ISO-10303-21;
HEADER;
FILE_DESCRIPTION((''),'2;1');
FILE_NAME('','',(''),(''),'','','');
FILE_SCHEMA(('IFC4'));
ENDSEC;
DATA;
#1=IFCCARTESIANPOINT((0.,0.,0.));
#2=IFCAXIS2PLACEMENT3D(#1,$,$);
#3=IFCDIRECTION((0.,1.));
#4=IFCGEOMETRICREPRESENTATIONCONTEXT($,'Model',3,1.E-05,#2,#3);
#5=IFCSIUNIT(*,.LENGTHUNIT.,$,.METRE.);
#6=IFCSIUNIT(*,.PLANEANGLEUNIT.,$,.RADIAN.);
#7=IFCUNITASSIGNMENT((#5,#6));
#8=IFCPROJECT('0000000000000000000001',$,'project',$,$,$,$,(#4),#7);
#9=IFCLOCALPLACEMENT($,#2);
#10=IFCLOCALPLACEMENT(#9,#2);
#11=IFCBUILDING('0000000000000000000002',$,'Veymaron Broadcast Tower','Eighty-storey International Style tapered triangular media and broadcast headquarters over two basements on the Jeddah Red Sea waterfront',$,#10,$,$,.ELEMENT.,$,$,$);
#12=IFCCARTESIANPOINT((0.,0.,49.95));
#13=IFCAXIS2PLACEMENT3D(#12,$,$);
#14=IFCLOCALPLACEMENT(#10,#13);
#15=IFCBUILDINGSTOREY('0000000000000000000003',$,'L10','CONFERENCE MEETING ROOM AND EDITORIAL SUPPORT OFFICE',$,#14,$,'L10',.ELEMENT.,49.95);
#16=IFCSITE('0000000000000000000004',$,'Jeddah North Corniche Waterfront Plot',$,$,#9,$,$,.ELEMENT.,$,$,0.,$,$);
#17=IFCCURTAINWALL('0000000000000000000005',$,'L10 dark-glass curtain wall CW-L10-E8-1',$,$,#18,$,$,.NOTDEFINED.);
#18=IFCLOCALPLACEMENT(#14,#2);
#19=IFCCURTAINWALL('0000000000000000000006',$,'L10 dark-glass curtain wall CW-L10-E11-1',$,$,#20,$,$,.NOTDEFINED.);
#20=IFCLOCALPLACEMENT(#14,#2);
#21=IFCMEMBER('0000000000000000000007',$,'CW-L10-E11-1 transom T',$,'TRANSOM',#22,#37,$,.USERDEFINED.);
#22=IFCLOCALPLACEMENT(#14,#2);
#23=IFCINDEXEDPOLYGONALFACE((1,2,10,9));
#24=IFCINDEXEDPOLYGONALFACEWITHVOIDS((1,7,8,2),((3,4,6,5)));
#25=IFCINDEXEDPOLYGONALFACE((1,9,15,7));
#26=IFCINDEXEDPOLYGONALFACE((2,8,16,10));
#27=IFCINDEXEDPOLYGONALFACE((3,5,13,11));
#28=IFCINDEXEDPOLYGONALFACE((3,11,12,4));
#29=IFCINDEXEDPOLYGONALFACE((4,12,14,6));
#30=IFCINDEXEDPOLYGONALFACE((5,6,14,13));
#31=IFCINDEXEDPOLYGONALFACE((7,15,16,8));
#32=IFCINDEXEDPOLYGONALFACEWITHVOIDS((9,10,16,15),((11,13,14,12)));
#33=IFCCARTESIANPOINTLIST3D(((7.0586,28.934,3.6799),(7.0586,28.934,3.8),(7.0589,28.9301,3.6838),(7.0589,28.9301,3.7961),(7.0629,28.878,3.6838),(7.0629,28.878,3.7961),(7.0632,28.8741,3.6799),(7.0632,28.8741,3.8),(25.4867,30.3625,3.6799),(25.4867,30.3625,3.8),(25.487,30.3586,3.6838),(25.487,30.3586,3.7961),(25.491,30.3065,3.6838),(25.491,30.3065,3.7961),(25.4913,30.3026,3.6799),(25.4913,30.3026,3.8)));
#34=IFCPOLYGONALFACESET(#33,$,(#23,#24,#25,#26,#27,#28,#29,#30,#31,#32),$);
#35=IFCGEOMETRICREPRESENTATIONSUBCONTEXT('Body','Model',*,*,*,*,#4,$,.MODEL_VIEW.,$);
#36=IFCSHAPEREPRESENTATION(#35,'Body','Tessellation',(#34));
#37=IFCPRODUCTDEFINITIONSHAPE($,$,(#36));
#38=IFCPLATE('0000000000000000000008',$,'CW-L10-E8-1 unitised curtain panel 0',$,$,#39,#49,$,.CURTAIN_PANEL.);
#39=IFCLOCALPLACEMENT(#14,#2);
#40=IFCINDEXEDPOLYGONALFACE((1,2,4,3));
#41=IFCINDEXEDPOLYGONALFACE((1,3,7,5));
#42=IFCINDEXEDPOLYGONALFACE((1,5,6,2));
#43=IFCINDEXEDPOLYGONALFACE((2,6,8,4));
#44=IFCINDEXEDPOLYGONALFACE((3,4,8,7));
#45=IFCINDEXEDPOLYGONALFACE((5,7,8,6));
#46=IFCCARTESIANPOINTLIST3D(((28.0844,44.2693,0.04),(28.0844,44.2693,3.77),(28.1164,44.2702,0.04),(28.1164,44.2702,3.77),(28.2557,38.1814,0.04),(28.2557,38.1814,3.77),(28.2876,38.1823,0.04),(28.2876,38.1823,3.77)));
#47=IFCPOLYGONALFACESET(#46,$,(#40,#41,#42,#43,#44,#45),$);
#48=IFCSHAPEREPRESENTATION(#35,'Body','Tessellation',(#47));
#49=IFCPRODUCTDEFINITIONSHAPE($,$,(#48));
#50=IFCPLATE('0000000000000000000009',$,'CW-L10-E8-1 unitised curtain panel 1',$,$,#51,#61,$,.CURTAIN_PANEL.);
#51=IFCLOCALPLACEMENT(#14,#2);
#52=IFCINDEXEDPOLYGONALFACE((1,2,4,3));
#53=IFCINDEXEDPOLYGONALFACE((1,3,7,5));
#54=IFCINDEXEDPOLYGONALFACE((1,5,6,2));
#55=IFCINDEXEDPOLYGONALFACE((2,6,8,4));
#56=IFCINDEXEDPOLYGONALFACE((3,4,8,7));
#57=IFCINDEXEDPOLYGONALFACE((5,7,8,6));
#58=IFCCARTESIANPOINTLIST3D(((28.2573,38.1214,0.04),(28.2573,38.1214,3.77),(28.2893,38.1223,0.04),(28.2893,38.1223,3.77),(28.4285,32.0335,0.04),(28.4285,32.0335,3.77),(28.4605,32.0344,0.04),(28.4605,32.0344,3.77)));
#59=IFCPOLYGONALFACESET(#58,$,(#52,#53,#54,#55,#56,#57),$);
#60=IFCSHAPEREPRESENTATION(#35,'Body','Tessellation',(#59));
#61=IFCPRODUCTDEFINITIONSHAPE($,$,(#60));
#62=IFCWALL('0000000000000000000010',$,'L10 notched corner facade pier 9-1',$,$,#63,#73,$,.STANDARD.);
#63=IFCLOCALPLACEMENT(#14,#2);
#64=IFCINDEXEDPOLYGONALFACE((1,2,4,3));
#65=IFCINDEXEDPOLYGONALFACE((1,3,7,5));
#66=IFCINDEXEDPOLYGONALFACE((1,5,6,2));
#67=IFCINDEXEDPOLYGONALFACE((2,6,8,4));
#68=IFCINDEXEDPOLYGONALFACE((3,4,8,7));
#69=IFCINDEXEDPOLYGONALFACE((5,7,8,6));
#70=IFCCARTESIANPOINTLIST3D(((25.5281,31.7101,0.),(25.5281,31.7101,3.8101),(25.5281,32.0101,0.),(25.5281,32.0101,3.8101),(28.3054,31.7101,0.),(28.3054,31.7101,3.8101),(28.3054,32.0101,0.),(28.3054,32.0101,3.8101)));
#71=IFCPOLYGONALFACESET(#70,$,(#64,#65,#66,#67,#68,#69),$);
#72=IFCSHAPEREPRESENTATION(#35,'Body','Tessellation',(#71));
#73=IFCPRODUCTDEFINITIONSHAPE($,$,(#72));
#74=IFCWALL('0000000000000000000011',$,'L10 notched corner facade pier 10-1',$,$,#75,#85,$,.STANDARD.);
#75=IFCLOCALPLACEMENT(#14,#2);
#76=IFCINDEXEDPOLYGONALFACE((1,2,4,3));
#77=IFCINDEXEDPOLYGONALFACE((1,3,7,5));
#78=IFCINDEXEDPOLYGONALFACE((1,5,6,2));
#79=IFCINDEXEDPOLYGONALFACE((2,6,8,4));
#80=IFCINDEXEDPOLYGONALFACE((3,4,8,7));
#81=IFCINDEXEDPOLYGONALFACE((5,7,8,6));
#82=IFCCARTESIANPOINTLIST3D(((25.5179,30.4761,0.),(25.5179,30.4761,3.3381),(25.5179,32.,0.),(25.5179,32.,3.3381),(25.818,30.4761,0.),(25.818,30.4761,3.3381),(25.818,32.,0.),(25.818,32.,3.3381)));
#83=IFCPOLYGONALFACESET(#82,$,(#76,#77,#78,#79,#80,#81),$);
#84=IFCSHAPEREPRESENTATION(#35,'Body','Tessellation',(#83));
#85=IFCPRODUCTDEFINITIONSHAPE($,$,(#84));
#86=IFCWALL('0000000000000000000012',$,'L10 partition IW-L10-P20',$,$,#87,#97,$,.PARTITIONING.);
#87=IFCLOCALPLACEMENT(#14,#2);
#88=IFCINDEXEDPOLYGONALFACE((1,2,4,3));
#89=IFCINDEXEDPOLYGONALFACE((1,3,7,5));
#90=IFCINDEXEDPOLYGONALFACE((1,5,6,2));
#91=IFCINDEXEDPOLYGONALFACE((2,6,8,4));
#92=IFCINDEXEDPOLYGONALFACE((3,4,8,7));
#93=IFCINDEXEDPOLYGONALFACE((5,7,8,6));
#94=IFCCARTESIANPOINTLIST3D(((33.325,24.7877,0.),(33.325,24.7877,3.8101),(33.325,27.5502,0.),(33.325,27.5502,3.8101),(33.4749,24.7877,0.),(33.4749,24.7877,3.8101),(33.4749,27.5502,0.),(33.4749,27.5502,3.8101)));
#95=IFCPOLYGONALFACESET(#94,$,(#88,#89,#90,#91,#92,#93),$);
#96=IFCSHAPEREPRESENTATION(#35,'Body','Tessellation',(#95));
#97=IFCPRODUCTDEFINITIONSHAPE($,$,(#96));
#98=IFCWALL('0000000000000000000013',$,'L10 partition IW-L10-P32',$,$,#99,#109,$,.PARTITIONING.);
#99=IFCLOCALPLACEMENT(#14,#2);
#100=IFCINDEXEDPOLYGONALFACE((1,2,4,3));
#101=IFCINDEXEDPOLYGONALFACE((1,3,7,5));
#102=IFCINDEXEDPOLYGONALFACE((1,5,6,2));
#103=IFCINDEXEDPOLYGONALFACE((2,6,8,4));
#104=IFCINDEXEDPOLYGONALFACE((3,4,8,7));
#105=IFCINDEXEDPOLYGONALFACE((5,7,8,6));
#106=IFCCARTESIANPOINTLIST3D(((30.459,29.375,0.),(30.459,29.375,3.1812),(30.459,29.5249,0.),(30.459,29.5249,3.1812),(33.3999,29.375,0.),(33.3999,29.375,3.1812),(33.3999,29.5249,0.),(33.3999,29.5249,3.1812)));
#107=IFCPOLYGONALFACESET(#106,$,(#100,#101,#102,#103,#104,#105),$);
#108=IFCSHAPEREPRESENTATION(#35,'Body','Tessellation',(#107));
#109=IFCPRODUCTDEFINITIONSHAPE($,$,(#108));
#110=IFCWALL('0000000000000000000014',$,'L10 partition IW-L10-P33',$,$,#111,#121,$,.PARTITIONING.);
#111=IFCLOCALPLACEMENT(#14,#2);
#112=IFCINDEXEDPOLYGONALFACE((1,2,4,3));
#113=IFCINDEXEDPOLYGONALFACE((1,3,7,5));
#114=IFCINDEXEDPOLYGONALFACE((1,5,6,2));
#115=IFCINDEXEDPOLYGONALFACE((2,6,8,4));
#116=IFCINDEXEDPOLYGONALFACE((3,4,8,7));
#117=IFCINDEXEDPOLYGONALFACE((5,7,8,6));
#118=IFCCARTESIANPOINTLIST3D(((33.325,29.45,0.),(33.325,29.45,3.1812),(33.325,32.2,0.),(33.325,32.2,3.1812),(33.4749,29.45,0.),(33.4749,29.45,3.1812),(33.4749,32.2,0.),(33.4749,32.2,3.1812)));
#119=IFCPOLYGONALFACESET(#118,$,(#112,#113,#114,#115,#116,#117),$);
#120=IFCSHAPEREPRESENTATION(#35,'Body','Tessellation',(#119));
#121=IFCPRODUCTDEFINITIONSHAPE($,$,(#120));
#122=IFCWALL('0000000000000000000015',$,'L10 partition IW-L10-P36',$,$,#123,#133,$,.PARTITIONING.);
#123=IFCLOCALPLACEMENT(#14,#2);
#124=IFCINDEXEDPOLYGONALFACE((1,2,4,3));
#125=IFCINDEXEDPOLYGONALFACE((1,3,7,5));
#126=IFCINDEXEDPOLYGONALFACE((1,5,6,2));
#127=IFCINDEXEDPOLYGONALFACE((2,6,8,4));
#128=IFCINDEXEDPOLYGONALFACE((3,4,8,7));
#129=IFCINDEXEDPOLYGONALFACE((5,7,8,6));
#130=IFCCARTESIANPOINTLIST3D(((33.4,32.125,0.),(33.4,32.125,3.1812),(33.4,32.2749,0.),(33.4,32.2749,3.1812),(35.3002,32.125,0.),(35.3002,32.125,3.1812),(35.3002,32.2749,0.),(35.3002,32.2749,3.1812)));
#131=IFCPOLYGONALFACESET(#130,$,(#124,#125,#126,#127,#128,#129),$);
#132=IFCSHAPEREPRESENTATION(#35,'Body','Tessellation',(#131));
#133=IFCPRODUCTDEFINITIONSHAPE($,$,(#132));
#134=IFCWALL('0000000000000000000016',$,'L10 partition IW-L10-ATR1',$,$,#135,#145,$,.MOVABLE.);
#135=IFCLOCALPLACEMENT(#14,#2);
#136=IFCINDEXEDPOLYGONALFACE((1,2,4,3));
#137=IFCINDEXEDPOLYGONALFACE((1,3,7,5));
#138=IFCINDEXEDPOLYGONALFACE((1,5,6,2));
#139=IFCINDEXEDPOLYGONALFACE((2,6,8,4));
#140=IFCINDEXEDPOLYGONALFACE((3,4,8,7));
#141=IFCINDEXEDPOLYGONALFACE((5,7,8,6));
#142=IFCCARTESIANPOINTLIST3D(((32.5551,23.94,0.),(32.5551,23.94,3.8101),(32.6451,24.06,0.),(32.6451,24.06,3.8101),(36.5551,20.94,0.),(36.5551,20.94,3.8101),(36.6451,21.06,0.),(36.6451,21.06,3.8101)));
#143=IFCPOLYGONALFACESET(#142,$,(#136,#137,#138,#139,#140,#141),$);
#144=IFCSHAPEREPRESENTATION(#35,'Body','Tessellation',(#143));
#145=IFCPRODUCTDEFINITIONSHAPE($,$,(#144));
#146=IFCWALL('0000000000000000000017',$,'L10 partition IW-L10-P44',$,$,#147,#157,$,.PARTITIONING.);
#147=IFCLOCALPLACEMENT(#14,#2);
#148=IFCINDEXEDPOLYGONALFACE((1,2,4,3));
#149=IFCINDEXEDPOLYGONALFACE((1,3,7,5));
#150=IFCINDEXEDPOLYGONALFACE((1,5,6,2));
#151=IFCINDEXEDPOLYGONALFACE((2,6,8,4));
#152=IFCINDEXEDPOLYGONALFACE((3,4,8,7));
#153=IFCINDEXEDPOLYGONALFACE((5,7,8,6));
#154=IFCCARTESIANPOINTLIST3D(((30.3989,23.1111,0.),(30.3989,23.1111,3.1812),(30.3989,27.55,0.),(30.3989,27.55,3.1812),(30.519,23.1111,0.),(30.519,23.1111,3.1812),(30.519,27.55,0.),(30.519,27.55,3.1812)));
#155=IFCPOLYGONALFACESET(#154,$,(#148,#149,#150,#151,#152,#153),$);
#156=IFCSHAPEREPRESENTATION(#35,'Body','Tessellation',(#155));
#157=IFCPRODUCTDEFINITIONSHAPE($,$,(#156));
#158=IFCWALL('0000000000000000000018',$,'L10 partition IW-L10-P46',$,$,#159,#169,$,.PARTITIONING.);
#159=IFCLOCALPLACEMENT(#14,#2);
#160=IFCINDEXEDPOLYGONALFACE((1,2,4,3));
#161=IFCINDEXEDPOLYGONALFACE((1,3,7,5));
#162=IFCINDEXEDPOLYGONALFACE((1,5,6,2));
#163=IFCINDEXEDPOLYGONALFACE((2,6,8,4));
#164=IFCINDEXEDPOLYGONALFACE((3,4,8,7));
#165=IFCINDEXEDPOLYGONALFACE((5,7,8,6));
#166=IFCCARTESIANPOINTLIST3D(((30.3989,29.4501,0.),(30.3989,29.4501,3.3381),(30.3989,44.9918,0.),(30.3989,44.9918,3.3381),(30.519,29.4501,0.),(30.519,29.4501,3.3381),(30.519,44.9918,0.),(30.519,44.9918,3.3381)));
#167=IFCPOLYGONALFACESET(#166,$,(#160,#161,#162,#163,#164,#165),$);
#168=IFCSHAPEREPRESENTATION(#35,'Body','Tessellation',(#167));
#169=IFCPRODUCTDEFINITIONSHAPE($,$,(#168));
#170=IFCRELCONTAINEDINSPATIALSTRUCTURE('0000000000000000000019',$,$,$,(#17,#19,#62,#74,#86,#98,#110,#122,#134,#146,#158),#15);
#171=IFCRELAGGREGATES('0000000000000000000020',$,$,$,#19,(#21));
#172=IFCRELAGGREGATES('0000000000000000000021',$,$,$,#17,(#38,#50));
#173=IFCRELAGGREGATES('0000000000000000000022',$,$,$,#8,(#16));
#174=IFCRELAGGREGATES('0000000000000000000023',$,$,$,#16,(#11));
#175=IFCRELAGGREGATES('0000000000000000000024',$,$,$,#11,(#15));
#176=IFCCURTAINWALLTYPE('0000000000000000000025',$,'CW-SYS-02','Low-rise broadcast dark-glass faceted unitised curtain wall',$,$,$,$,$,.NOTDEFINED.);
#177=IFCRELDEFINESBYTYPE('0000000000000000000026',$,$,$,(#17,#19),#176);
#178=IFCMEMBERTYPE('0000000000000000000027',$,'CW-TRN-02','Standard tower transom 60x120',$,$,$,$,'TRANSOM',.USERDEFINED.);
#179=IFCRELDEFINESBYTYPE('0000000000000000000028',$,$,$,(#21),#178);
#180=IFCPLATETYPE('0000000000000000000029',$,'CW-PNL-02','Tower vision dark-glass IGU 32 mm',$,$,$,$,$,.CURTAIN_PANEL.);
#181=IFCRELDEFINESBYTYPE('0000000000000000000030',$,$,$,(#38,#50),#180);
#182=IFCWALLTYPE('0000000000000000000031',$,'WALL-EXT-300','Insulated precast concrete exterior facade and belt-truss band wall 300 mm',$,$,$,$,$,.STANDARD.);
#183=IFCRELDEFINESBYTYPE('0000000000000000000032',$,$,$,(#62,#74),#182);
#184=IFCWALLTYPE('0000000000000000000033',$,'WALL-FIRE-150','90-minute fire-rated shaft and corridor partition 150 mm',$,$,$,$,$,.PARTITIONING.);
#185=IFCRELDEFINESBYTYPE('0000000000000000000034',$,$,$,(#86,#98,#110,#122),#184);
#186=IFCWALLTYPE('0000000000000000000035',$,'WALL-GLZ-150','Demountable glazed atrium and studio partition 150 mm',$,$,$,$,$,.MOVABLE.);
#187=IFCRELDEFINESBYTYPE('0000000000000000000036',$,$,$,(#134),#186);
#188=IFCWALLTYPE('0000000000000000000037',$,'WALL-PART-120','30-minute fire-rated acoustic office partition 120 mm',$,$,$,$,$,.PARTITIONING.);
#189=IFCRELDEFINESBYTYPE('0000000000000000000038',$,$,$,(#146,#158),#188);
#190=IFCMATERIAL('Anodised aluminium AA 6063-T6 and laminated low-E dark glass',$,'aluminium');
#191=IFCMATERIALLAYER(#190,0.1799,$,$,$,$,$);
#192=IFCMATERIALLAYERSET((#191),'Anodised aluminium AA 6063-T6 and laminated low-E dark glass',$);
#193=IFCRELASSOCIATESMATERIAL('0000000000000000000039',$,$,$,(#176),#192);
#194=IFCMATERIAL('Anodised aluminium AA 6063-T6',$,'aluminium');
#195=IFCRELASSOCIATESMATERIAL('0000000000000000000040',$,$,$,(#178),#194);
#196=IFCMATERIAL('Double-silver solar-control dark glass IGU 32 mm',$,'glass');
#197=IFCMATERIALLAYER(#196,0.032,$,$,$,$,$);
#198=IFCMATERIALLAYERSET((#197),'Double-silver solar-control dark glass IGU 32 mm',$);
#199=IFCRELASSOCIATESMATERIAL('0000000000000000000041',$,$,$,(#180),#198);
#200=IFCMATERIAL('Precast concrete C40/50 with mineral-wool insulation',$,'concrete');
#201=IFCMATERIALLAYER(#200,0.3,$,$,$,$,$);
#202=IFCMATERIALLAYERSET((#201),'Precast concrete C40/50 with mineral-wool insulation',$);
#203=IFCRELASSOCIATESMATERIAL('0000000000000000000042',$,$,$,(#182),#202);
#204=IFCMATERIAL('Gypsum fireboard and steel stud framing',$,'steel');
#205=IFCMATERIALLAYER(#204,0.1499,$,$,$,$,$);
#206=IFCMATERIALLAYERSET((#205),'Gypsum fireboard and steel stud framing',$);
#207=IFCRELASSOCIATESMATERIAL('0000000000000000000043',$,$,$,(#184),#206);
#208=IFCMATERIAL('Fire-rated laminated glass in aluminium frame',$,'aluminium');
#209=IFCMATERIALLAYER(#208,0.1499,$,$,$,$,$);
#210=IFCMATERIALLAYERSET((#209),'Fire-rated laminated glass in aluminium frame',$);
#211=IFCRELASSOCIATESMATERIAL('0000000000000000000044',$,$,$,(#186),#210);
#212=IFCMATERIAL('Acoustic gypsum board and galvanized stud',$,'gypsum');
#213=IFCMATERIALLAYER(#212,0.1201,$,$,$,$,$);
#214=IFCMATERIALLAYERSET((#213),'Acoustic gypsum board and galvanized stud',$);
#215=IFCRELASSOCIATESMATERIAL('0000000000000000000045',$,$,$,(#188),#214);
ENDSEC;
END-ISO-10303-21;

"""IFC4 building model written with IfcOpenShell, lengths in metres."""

from ifc_helpers import new_model, si_unit, direction, frame, frame_2d, origin, origin_2d, place, context, subcontext, project, spatial, rectangle, hollow_rectangle, extrude, material, layer, layer_set, material_profile, profile_set, type_object, element, aggregate, save


model = new_model("IFC4")

# Units and contexts
model_context = context("Model", 3, precision=1e-05, world=origin(), true_north=direction((0.0, 1.0)))
body_context = subcontext(model_context, "Body", "Model", "MODEL_VIEW")
ifc_project = project(units=[si_unit("LENGTHUNIT", "METRE"), si_unit("PLANEANGLEUNIT", "RADIAN")], contexts=[model_context])

# Site, building, storey
site_placement = place(None, origin())
site = spatial("IfcSite", under=ifc_project, at=site_placement, Name="Jeddah North Corniche Waterfront Plot", CompositionType="ELEMENT", RefElevation=0.0)
building_placement = place(site_placement, origin())
building = spatial("IfcBuilding", under=site, at=building_placement, Name="Veymaron Broadcast Tower", Description="Eighty-storey International Style tapered triangular media and broadcast headquarters over two basements on the Jeddah Red Sea waterfront", CompositionType="ELEMENT")
storey_placement = place(building_placement, frame((0.0, 0.0, 49.95)))
storey = spatial("IfcBuildingStorey", under=building, at=storey_placement, Name="L10", Description="CONFERENCE MEETING ROOM AND EDITORIAL SUPPORT OFFICE", LongName="L10", CompositionType="ELEMENT", Elevation=49.95)

# Curtain wall
ifc_material_1 = material(Name="Anodised aluminium AA 6063-T6 and laminated low-E dark glass", Category="aluminium")
ifc_layer_1 = layer(ifc_material_1, 0.1799)
ifc_layer_set_1 = layer_set([ifc_layer_1], Name="Anodised aluminium AA 6063-T6 and laminated low-E dark glass")
curtain_wall_type = type_object("IfcCurtainWallType", Name="CW-SYS-02", Description="Low-rise broadcast dark-glass faceted unitised curtain wall", PredefinedType="NOTDEFINED", material=ifc_layer_set_1)
curtain_wall_1_placement = place(storey_placement, origin())
curtain_wall_1 = element("IfcCurtainWall", 1, at=curtain_wall_1_placement, inside=storey, type_object=curtain_wall_type, Name="L10 dark-glass curtain wall CW-L10-E8-1", PredefinedType="NOTDEFINED")
ifc_material_2 = material(Name="Anodised aluminium AA 6063-T6", Category="aluminium")

# Curtain wall
curtain_wall_2_placement = place(storey_placement, origin())
curtain_wall_2 = element("IfcCurtainWall", 2, at=curtain_wall_2_placement, inside=storey, type_object=curtain_wall_type, Name="L10 dark-glass curtain wall CW-L10-E11-1", PredefinedType="NOTDEFINED")

# Member
ifc_material_profile_1 = material_profile(ifc_material_2, hollow_rectangle(XDim=0.0601, YDim=0.1201, WallThickness=0.0039, at=origin_2d()), Name="AL120X60X4")
ifc_profile_set_1 = profile_set([ifc_material_profile_1], Name="Anodised aluminium AA 6063-T6")
member_type_1 = type_object("IfcMemberType", Name="CW-TRN-02", Description="Standard tower transom 60x120", ElementType="TRANSOM", PredefinedType="USERDEFINED", material=ifc_profile_set_1)
member_1_placement = place(storey_placement, frame((25.489, 30.3325, 3.74), z_axis=(-0.997009, -0.077283, 0.0), x_axis=(0.077283, -0.997009, 0.0)))
member_1 = element("IfcMember", 3, at=member_1_placement, type_object=member_type_1, Name="CW-L10-E11-1 transom T", ObjectType="TRANSOM", PredefinedType="USERDEFINED", context=body_context, shape_type="SweptSolid", body=[
    extrude(hollow_rectangle(XDim=0.0601, YDim=0.1201, WallThickness=0.0039, at=origin_2d()), origin(), (0.0, 0.0, 1.0), 18.4834),
])
aggregate(curtain_wall_2, [member_1])

# Plates
ifc_material_3 = material(Name="Double-silver solar-control dark glass IGU 32 mm", Category="glass")
ifc_layer_2 = layer(ifc_material_3, 0.032)
ifc_layer_set_2 = layer_set([ifc_layer_2], Name="Double-silver solar-control dark glass IGU 32 mm")
plate_type = type_object("IfcPlateType", Name="CW-PNL-02", Description="Tower vision dark-glass IGU 32 mm", PredefinedType="CURTAIN_PANEL", material=ifc_layer_set_2)
plate_1_placement = place(storey_placement, frame((28.186, 41.2258, 0.04), z_axis=(0.0, 0.0, 1.0), x_axis=(0.028114, -0.999605, 0.0)))
plate_1 = element("IfcPlate", 4, at=plate_1_placement, type_object=plate_type, Name="CW-L10-E8-1 unitised curtain panel 0", PredefinedType="CURTAIN_PANEL", context=body_context, shape_type="SweptSolid", body=[
    extrude(rectangle(XDim=6.0903, YDim=0.032, at=origin_2d()), origin(), (0.0, 0.0, 1.0), 3.73),
])
plate_2_placement = place(storey_placement, frame((28.3589, 35.0779, 0.04), z_axis=(0.0, 0.0, 1.0), x_axis=(0.028114, -0.999605, 0.0)))
plate_2 = element("IfcPlate", 5, at=plate_2_placement, type_object=plate_type, Name="CW-L10-E8-1 unitised curtain panel 1", PredefinedType="CURTAIN_PANEL", context=body_context, shape_type="SweptSolid", body=[
    extrude(rectangle(XDim=6.0903, YDim=0.032, at=origin_2d()), origin(), (0.0, 0.0, 1.0), 3.73),
])
aggregate(curtain_wall_1, [plate_1, plate_2])

# Walls
ifc_material_4 = material(Name="Precast concrete C40/50 with mineral-wool insulation", Category="concrete")
ifc_layer_3 = layer(ifc_material_4, 0.3)
ifc_layer_set_3 = layer_set([ifc_layer_3], Name="Precast concrete C40/50 with mineral-wool insulation")
wall_type_1 = type_object("IfcWallType", Name="WALL-EXT-300", Description="Insulated precast concrete exterior facade and belt-truss band wall 300 mm", PredefinedType="STANDARD", material=ifc_layer_set_3)
wall_1_placement = place(storey_placement, frame((28.3054, 31.8601, 0.0), z_axis=(0.0, 0.0, 1.0), x_axis=(-1.0, 0.0, 0.0)))
element("IfcWall", 6, at=wall_1_placement, inside=storey, type_object=wall_type_1, Name="L10 notched corner facade pier 9-1", PredefinedType="STANDARD", context=body_context, shape_type="SweptSolid", body=[
    extrude(rectangle(XDim=2.7773, YDim=0.3, at=frame_2d((1.3887, 0.0))), origin(), (0.0, 0.0, 1.0), 3.8101),
])
wall_2_placement = place(storey_placement, frame((25.668, 32.0, 0.0), z_axis=(0.0, 0.0, 1.0), x_axis=(0.0, -1.0, 0.0)))
element("IfcWall", 7, at=wall_2_placement, inside=storey, type_object=wall_type_1, Name="L10 notched corner facade pier 10-1", PredefinedType="STANDARD", context=body_context, shape_type="SweptSolid", body=[
    extrude(rectangle(XDim=1.5239, YDim=0.3, at=frame_2d((0.762, 0.0))), origin(), (0.0, 0.0, 1.0), 3.3381),
])

# Shared definitions
ifc_material_5 = material(Name="Gypsum fireboard and steel stud framing", Category="steel")
ifc_layer_4 = layer(ifc_material_5, 0.1499)
ifc_layer_set_4 = layer_set([ifc_layer_4], Name="Gypsum fireboard and steel stud framing")
wall_type_2 = type_object("IfcWallType", Name="WALL-FIRE-150", Description="90-minute fire-rated shaft and corridor partition 150 mm", PredefinedType="PARTITIONING", material=ifc_layer_set_4)

# Walls
wall_3_placement = place(storey_placement, frame((33.3999, 24.7876, 0.0), z_axis=(0.0, 0.0, 1.0), x_axis=(0.0, 1.0, 0.0)))
element("IfcWall", 8, at=wall_3_placement, inside=storey, type_object=wall_type_2, Name="L10 partition IW-L10-P20", PredefinedType="PARTITIONING", context=body_context, shape_type="SweptSolid", body=[
    extrude(rectangle(XDim=2.7625, YDim=0.1499, at=frame_2d((1.3813, 0.0))), origin(), (0.0, 0.0, 1.0), 3.8101),
])
wall_4_placement = place(storey_placement, frame((30.459, 29.45, 0.0), z_axis=(0.0, 0.0, 1.0), x_axis=(1.0, 0.0, 0.0)))
element("IfcWall", 9, at=wall_4_placement, inside=storey, type_object=wall_type_2, Name="L10 partition IW-L10-P32", PredefinedType="PARTITIONING", context=body_context, shape_type="SweptSolid", body=[
    extrude(rectangle(XDim=2.9409, YDim=0.1499, at=frame_2d((1.4705, 0.0))), origin(), (0.0, 0.0, 1.0), 3.1812),
])
wall_5_placement = place(storey_placement, frame((33.3999, 29.45, 0.0), z_axis=(0.0, 0.0, 1.0), x_axis=(0.0, 1.0, 0.0)))
element("IfcWall", 10, at=wall_5_placement, inside=storey, type_object=wall_type_2, Name="L10 partition IW-L10-P33", PredefinedType="PARTITIONING", context=body_context, shape_type="SweptSolid", body=[
    extrude(rectangle(XDim=2.75, YDim=0.1499, at=frame_2d((1.375, 0.0))), origin(), (0.0, 0.0, 1.0), 3.1812),
])
wall_6_placement = place(storey_placement, frame((33.3999, 32.2, 0.0), z_axis=(0.0, 0.0, 1.0), x_axis=(1.0, 0.0, 0.0)))
element("IfcWall", 11, at=wall_6_placement, inside=storey, type_object=wall_type_2, Name="L10 partition IW-L10-P36", PredefinedType="PARTITIONING", context=body_context, shape_type="SweptSolid", body=[
    extrude(rectangle(XDim=1.9001, YDim=0.1499, at=frame_2d((0.9502, 0.0))), origin(), (0.0, 0.0, 1.0), 3.1812),
])
ifc_material_6 = material(Name="Fire-rated laminated glass in aluminium frame", Category="aluminium")
ifc_layer_5 = layer(ifc_material_6, 0.1499)
ifc_layer_set_5 = layer_set([ifc_layer_5], Name="Fire-rated laminated glass in aluminium frame")
wall_type_3 = type_object("IfcWallType", Name="WALL-GLZ-150", Description="Demountable glazed atrium and studio partition 150 mm", PredefinedType="MOVABLE", material=ifc_layer_set_5)
wall_7_placement = place(storey_placement, frame((32.6001, 24.0, 0.0), z_axis=(0.0, 0.0, 1.0), x_axis=(0.8, -0.6, 0.0)))
element("IfcWall", 12, at=wall_7_placement, inside=storey, type_object=wall_type_3, Name="L10 partition IW-L10-ATR1", PredefinedType="MOVABLE", context=body_context, shape_type="SweptSolid", body=[
    extrude(rectangle(XDim=5.0, YDim=0.1499, at=frame_2d((2.5, 0.0))), origin(), (0.0, 0.0, 1.0), 3.8101),
])
ifc_material_7 = material(Name="Acoustic gypsum board and galvanized stud", Category="gypsum")
ifc_layer_6 = layer(ifc_material_7, 0.1201)
ifc_layer_set_6 = layer_set([ifc_layer_6], Name="Acoustic gypsum board and galvanized stud")
wall_type_4 = type_object("IfcWallType", Name="WALL-PART-120", Description="30-minute fire-rated acoustic office partition 120 mm", PredefinedType="PARTITIONING", material=ifc_layer_set_6)
wall_8_placement = place(storey_placement, frame((30.459, 23.1111, 0.0), z_axis=(0.0, 0.0, 1.0), x_axis=(0.0, 1.0, 0.0)))
element("IfcWall", 13, at=wall_8_placement, inside=storey, type_object=wall_type_4, Name="L10 partition IW-L10-P44", PredefinedType="PARTITIONING", context=body_context, shape_type="SweptSolid", body=[
    extrude(rectangle(XDim=4.439, YDim=0.1201, at=frame_2d((2.2195, 0.0))), origin(), (0.0, 0.0, 1.0), 3.1812),
])
wall_9_placement = place(storey_placement, frame((30.459, 29.45, 0.0), z_axis=(0.0, 0.0, 1.0), x_axis=(0.0, 1.0, 0.0)))
element("IfcWall", 14, at=wall_9_placement, inside=storey, type_object=wall_type_4, Name="L10 partition IW-L10-P46", PredefinedType="PARTITIONING", context=body_context, shape_type="SweptSolid", body=[
    extrude(rectangle(XDim=15.5417, YDim=0.1201, at=frame_2d((7.771, 0.0))), origin(), (0.0, 0.0, 1.0), 3.3381),
])

save(model, "model.ifc")
